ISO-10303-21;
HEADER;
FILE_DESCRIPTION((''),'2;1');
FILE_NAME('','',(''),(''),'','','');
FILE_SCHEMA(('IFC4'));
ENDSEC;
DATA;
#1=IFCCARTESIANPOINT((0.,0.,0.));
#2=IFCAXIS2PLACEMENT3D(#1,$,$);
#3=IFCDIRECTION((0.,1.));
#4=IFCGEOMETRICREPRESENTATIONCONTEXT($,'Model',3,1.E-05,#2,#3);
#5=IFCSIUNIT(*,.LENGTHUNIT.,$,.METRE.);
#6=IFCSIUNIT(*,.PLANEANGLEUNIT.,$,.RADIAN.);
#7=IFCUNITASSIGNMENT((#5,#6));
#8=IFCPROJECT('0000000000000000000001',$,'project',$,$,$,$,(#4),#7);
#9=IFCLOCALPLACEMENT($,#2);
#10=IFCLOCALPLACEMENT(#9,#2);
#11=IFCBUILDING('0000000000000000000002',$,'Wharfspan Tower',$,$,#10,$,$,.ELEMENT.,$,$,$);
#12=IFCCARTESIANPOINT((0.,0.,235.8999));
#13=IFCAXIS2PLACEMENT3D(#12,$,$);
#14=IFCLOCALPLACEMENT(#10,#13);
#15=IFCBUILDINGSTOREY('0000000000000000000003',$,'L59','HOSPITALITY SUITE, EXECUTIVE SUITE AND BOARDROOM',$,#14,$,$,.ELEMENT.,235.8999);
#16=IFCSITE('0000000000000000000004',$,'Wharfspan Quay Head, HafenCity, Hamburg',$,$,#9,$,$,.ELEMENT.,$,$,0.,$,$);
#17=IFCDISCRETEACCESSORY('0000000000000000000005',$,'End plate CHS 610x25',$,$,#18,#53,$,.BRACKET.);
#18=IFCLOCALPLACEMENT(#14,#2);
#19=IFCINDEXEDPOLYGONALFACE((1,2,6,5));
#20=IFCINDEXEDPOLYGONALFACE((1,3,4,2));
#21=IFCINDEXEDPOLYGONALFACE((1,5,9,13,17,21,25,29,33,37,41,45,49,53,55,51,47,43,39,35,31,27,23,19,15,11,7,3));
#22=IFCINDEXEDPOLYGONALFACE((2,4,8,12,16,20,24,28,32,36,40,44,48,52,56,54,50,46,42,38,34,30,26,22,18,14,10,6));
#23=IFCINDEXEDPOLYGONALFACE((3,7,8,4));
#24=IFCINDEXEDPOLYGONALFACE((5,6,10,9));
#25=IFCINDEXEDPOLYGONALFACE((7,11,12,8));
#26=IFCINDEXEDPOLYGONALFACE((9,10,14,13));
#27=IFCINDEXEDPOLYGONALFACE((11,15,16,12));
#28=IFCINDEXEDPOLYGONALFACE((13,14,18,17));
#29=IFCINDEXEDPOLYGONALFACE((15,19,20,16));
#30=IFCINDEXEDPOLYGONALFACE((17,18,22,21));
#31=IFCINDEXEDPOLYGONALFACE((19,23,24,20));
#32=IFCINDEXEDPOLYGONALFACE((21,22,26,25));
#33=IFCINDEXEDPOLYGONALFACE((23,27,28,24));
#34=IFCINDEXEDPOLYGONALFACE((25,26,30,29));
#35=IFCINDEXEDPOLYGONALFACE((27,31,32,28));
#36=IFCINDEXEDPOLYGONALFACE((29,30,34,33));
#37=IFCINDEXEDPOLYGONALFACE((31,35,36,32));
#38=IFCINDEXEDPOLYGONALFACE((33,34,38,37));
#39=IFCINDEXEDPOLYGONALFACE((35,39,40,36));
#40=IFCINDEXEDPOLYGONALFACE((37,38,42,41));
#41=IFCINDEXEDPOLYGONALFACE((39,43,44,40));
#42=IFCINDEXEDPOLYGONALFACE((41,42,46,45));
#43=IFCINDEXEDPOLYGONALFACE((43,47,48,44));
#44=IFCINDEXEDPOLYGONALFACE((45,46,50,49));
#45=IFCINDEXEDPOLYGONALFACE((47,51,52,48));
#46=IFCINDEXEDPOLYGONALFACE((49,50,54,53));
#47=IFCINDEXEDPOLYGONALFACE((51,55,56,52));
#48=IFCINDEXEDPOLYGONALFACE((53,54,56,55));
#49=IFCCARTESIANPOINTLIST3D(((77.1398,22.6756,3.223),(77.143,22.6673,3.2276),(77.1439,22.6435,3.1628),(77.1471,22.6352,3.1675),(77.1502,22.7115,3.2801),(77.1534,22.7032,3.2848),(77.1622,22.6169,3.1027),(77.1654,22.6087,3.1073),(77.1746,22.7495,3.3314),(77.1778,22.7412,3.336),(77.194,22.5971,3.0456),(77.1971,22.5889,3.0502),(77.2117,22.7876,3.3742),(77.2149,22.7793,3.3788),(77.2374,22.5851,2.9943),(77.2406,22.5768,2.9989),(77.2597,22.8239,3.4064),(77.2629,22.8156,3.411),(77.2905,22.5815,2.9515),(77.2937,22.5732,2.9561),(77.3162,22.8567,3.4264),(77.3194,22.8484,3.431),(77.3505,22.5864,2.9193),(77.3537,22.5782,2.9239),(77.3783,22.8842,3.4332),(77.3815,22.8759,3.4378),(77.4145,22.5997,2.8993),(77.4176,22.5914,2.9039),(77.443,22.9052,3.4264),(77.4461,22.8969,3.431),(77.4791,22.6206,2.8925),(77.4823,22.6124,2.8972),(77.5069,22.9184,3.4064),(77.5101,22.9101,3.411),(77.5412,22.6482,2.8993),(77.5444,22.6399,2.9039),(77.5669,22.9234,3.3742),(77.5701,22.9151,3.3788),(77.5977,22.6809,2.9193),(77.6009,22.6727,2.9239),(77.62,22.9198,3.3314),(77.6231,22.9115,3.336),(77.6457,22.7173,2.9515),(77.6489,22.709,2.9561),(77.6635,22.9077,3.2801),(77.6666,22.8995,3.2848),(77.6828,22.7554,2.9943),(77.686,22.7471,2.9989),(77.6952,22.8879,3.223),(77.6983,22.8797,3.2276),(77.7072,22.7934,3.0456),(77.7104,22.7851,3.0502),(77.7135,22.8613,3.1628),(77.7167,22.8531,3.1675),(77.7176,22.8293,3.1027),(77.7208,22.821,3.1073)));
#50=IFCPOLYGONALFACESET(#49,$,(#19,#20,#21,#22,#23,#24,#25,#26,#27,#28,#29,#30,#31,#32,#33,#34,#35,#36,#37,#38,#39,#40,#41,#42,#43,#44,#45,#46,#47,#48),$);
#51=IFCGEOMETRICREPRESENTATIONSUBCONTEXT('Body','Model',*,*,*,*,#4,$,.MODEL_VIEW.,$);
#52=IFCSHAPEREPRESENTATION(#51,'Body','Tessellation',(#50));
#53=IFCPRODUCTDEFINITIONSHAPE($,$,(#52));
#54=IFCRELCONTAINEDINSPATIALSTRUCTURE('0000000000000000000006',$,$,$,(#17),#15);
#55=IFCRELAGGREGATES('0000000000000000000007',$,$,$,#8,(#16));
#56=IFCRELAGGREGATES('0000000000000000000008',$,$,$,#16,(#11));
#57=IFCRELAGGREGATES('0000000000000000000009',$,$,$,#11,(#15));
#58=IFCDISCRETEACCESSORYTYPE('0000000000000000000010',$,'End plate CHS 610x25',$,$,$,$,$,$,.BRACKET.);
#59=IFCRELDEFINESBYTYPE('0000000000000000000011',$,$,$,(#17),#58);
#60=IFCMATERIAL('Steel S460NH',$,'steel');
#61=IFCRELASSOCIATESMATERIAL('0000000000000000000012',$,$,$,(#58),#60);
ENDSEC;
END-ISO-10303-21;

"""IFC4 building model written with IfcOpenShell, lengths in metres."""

from ifc_helpers import new_model, si_unit, direction, frame, origin, origin_2d, place, context, subcontext, project, spatial, circle, extrude, material, material_profile, profile_set, type_object, element, save


model = new_model("IFC4")

# Units and contexts
model_context = context("Model", 3, precision=1e-05, world=origin(), true_north=direction((0.0, 1.0)))
body_context = subcontext(model_context, "Body", "Model", "MODEL_VIEW")
ifc_project = project(units=[si_unit("LENGTHUNIT", "METRE"), si_unit("PLANEANGLEUNIT", "RADIAN")], contexts=[model_context])

# Site, building, storey
site_placement = place(None, origin())
site = spatial("IfcSite", under=ifc_project, at=site_placement, Name="Wharfspan Quay Head, HafenCity, Hamburg", CompositionType="ELEMENT", RefElevation=0.0)
building_placement = place(site_placement, origin())
building = spatial("IfcBuilding", under=site, at=building_placement, Name="Wharfspan Tower", CompositionType="ELEMENT")
storey_placement = place(building_placement, frame((0.0, 0.0, 235.8999)))
storey = spatial("IfcBuildingStorey", under=building, at=storey_placement, Name="L59", Description="HOSPITALITY SUITE, EXECUTIVE SUITE AND BOARDROOM", CompositionType="ELEMENT", Elevation=235.8999)

# Shared definitions
ifc_material_1 = material(Name="Steel S460NH", Category="steel")

# Discrete accessory
ifc_material_profile_1 = material_profile(ifc_material_1, circle(Radius=0.3049, at=origin_2d()))
ifc_profile_set_1 = profile_set([ifc_material_profile_1], Name="Steel S460NH")
discrete_accessory_type = type_object("IfcDiscreteAccessoryType", Name="End plate CHS 610x25", PredefinedType="BRACKET", material=ifc_profile_set_1)
for number, where, z_axis, x_axis, name in (
    (1, (77.4287, 22.7524, 3.1628), (0.316603, -0.828038, 0.462727), (0.934054, 0.357138, -0.000001), "End plate CHS 610x25"),
):
    element("IfcDiscreteAccessory", number, at=place(storey_placement, frame(where, z_axis=z_axis, x_axis=x_axis)), inside=storey, type_object=discrete_accessory_type, Name=name, PredefinedType="BRACKET", context=body_context, shape_type="SweptSolid", body=[
        extrude(circle(Radius=0.3049, at=origin_2d()), origin(), (0.0, 0.0, 1.0), 0.01),
    ])

save(model, "model.ifc")
